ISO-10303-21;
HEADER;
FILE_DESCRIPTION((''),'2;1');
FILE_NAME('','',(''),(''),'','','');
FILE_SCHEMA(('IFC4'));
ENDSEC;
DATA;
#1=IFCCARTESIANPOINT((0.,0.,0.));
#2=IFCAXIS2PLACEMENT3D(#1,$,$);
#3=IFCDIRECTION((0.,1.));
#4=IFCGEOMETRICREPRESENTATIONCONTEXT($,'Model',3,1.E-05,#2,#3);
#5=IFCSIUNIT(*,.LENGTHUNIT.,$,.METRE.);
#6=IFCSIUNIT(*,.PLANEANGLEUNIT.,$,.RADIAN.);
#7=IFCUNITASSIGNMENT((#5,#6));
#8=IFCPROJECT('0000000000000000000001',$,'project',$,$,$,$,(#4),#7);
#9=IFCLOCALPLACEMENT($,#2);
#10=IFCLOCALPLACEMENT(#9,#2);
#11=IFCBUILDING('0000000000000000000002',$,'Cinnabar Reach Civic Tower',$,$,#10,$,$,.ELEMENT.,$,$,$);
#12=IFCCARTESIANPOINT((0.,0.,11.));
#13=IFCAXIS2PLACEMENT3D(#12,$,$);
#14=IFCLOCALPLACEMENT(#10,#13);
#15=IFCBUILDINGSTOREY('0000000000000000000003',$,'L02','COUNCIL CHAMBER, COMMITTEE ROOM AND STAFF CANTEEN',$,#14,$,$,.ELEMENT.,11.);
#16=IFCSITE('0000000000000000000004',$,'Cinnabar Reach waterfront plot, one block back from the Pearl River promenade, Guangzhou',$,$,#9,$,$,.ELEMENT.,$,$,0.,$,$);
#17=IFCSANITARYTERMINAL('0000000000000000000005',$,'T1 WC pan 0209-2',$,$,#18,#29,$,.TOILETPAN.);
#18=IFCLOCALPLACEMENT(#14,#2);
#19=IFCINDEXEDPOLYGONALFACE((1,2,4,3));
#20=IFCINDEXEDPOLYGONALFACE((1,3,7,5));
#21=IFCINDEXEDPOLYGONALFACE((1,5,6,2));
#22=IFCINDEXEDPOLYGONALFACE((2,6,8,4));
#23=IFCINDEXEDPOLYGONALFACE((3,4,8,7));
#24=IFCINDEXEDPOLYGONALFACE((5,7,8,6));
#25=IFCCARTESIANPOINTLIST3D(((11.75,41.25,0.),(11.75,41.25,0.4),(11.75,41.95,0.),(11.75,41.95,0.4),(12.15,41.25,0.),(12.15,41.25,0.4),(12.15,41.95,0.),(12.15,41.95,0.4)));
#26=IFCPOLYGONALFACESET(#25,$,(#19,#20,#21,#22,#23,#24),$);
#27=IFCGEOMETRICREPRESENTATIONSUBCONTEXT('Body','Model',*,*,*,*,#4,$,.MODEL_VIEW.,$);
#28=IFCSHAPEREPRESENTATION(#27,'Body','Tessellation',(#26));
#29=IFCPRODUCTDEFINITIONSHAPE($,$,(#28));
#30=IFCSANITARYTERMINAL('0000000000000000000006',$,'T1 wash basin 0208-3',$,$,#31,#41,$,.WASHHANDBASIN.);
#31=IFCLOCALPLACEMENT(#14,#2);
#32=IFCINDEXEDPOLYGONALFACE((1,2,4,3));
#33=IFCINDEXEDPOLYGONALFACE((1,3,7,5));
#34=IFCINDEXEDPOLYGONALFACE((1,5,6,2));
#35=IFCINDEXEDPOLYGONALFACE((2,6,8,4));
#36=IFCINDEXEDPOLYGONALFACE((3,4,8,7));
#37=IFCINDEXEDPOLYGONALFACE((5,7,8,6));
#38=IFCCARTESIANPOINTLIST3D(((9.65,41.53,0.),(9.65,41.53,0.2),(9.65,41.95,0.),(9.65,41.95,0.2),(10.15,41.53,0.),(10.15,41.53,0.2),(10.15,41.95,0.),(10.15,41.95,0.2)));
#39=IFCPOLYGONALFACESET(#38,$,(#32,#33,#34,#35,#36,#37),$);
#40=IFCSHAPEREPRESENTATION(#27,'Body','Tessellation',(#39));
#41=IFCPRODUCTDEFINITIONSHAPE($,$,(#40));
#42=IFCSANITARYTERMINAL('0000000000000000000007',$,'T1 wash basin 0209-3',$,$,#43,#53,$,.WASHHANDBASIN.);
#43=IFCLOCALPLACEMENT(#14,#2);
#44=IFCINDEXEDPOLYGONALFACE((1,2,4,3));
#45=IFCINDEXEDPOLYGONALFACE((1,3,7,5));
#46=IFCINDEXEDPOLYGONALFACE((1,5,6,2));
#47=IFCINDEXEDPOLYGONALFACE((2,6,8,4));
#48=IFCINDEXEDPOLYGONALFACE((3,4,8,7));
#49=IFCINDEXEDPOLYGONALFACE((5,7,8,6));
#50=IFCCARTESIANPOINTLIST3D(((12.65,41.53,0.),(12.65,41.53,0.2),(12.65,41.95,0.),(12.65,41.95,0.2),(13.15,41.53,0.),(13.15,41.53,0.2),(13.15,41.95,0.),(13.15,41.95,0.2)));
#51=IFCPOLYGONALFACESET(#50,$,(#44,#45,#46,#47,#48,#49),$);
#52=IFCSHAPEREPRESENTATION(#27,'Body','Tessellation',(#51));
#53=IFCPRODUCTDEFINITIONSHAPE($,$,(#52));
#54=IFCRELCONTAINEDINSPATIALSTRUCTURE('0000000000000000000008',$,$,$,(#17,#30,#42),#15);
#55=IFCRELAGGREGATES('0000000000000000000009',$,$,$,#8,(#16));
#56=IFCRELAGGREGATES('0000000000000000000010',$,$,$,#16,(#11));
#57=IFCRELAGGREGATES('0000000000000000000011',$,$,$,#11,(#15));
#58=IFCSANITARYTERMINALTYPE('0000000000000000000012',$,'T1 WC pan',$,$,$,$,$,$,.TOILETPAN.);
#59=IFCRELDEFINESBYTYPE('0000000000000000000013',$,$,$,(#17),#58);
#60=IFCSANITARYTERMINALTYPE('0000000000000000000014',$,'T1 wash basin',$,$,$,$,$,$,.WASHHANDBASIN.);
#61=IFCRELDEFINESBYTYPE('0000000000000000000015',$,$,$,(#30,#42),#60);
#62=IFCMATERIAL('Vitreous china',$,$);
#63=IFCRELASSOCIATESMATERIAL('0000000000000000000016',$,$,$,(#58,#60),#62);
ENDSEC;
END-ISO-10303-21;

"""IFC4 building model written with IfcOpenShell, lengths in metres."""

from ifc_helpers import new_model, si_unit, direction, frame, origin, origin_2d, place, context, subcontext, project, spatial, rectangle, extrude, material, type_object, element, save


model = new_model("IFC4")

# Units and contexts
model_context = context("Model", 3, precision=1e-05, world=origin(), true_north=direction((0.0, 1.0)))
body_context = subcontext(model_context, "Body", "Model", "MODEL_VIEW")
ifc_project = project(units=[si_unit("LENGTHUNIT", "METRE"), si_unit("PLANEANGLEUNIT", "RADIAN")], contexts=[model_context])

# Site, building, storey
site_placement = place(None, origin())
site = spatial("IfcSite", under=ifc_project, at=site_placement, Name="Cinnabar Reach waterfront plot, one block back from the Pearl River promenade, Guangzhou", CompositionType="ELEMENT", RefElevation=0.0)
building_placement = place(site_placement, origin())
building = spatial("IfcBuilding", under=site, at=building_placement, Name="Cinnabar Reach Civic Tower", CompositionType="ELEMENT")
storey_placement = place(building_placement, frame((0.0, 0.0, 11.0)))
storey = spatial("IfcBuildingStorey", under=building, at=storey_placement, Name="L02", Description="COUNCIL CHAMBER, COMMITTEE ROOM AND STAFF CANTEEN", CompositionType="ELEMENT", Elevation=11.0)

# Sanitary terminals
ifc_material_1 = material(Name="Vitreous china")
sanitary_terminal_type_1 = type_object("IfcSanitaryTerminalType", Name="T1 WC pan", PredefinedType="TOILETPAN", material=ifc_material_1)
for number, where, z_axis, x_axis, name in (
    (1, (11.95, 41.6, 0.0), (0.0, 0.0, 1.0), (1.0, 0.0, 0.0), "T1 WC pan 0209-2"),
):
    element("IfcSanitaryTerminal", number, at=place(storey_placement, frame(where, z_axis=z_axis, x_axis=x_axis)), inside=storey, type_object=sanitary_terminal_type_1, Name=name, PredefinedType="TOILETPAN", context=body_context, shape_type="SweptSolid", body=[
        extrude(rectangle(XDim=0.4, YDim=0.7, at=origin_2d()), origin(), (0.0, 0.0, 1.0), 0.4),
    ])
sanitary_terminal_type_2 = type_object("IfcSanitaryTerminalType", Name="T1 wash basin", PredefinedType="WASHHANDBASIN", material=ifc_material_1)
for number, where, z_axis, x_axis, name in (
    (2, (9.9, 41.74, 0.0), (0.0, 0.0, 1.0), (1.0, 0.0, 0.0), "T1 wash basin 0208-3"),
    (3, (12.9, 41.74, 0.0), (0.0, 0.0, 1.0), (1.0, 0.0, 0.0), "T1 wash basin 0209-3"),
):
    element("IfcSanitaryTerminal", number, at=place(storey_placement, frame(where, z_axis=z_axis, x_axis=x_axis)), inside=storey, type_object=sanitary_terminal_type_2, Name=name, PredefinedType="WASHHANDBASIN", context=body_context, shape_type="SweptSolid", body=[
        extrude(rectangle(XDim=0.5, YDim=0.42, at=origin_2d()), origin(), (0.0, 0.0, 1.0), 0.2),
    ])

save(model, "model.ifc")
